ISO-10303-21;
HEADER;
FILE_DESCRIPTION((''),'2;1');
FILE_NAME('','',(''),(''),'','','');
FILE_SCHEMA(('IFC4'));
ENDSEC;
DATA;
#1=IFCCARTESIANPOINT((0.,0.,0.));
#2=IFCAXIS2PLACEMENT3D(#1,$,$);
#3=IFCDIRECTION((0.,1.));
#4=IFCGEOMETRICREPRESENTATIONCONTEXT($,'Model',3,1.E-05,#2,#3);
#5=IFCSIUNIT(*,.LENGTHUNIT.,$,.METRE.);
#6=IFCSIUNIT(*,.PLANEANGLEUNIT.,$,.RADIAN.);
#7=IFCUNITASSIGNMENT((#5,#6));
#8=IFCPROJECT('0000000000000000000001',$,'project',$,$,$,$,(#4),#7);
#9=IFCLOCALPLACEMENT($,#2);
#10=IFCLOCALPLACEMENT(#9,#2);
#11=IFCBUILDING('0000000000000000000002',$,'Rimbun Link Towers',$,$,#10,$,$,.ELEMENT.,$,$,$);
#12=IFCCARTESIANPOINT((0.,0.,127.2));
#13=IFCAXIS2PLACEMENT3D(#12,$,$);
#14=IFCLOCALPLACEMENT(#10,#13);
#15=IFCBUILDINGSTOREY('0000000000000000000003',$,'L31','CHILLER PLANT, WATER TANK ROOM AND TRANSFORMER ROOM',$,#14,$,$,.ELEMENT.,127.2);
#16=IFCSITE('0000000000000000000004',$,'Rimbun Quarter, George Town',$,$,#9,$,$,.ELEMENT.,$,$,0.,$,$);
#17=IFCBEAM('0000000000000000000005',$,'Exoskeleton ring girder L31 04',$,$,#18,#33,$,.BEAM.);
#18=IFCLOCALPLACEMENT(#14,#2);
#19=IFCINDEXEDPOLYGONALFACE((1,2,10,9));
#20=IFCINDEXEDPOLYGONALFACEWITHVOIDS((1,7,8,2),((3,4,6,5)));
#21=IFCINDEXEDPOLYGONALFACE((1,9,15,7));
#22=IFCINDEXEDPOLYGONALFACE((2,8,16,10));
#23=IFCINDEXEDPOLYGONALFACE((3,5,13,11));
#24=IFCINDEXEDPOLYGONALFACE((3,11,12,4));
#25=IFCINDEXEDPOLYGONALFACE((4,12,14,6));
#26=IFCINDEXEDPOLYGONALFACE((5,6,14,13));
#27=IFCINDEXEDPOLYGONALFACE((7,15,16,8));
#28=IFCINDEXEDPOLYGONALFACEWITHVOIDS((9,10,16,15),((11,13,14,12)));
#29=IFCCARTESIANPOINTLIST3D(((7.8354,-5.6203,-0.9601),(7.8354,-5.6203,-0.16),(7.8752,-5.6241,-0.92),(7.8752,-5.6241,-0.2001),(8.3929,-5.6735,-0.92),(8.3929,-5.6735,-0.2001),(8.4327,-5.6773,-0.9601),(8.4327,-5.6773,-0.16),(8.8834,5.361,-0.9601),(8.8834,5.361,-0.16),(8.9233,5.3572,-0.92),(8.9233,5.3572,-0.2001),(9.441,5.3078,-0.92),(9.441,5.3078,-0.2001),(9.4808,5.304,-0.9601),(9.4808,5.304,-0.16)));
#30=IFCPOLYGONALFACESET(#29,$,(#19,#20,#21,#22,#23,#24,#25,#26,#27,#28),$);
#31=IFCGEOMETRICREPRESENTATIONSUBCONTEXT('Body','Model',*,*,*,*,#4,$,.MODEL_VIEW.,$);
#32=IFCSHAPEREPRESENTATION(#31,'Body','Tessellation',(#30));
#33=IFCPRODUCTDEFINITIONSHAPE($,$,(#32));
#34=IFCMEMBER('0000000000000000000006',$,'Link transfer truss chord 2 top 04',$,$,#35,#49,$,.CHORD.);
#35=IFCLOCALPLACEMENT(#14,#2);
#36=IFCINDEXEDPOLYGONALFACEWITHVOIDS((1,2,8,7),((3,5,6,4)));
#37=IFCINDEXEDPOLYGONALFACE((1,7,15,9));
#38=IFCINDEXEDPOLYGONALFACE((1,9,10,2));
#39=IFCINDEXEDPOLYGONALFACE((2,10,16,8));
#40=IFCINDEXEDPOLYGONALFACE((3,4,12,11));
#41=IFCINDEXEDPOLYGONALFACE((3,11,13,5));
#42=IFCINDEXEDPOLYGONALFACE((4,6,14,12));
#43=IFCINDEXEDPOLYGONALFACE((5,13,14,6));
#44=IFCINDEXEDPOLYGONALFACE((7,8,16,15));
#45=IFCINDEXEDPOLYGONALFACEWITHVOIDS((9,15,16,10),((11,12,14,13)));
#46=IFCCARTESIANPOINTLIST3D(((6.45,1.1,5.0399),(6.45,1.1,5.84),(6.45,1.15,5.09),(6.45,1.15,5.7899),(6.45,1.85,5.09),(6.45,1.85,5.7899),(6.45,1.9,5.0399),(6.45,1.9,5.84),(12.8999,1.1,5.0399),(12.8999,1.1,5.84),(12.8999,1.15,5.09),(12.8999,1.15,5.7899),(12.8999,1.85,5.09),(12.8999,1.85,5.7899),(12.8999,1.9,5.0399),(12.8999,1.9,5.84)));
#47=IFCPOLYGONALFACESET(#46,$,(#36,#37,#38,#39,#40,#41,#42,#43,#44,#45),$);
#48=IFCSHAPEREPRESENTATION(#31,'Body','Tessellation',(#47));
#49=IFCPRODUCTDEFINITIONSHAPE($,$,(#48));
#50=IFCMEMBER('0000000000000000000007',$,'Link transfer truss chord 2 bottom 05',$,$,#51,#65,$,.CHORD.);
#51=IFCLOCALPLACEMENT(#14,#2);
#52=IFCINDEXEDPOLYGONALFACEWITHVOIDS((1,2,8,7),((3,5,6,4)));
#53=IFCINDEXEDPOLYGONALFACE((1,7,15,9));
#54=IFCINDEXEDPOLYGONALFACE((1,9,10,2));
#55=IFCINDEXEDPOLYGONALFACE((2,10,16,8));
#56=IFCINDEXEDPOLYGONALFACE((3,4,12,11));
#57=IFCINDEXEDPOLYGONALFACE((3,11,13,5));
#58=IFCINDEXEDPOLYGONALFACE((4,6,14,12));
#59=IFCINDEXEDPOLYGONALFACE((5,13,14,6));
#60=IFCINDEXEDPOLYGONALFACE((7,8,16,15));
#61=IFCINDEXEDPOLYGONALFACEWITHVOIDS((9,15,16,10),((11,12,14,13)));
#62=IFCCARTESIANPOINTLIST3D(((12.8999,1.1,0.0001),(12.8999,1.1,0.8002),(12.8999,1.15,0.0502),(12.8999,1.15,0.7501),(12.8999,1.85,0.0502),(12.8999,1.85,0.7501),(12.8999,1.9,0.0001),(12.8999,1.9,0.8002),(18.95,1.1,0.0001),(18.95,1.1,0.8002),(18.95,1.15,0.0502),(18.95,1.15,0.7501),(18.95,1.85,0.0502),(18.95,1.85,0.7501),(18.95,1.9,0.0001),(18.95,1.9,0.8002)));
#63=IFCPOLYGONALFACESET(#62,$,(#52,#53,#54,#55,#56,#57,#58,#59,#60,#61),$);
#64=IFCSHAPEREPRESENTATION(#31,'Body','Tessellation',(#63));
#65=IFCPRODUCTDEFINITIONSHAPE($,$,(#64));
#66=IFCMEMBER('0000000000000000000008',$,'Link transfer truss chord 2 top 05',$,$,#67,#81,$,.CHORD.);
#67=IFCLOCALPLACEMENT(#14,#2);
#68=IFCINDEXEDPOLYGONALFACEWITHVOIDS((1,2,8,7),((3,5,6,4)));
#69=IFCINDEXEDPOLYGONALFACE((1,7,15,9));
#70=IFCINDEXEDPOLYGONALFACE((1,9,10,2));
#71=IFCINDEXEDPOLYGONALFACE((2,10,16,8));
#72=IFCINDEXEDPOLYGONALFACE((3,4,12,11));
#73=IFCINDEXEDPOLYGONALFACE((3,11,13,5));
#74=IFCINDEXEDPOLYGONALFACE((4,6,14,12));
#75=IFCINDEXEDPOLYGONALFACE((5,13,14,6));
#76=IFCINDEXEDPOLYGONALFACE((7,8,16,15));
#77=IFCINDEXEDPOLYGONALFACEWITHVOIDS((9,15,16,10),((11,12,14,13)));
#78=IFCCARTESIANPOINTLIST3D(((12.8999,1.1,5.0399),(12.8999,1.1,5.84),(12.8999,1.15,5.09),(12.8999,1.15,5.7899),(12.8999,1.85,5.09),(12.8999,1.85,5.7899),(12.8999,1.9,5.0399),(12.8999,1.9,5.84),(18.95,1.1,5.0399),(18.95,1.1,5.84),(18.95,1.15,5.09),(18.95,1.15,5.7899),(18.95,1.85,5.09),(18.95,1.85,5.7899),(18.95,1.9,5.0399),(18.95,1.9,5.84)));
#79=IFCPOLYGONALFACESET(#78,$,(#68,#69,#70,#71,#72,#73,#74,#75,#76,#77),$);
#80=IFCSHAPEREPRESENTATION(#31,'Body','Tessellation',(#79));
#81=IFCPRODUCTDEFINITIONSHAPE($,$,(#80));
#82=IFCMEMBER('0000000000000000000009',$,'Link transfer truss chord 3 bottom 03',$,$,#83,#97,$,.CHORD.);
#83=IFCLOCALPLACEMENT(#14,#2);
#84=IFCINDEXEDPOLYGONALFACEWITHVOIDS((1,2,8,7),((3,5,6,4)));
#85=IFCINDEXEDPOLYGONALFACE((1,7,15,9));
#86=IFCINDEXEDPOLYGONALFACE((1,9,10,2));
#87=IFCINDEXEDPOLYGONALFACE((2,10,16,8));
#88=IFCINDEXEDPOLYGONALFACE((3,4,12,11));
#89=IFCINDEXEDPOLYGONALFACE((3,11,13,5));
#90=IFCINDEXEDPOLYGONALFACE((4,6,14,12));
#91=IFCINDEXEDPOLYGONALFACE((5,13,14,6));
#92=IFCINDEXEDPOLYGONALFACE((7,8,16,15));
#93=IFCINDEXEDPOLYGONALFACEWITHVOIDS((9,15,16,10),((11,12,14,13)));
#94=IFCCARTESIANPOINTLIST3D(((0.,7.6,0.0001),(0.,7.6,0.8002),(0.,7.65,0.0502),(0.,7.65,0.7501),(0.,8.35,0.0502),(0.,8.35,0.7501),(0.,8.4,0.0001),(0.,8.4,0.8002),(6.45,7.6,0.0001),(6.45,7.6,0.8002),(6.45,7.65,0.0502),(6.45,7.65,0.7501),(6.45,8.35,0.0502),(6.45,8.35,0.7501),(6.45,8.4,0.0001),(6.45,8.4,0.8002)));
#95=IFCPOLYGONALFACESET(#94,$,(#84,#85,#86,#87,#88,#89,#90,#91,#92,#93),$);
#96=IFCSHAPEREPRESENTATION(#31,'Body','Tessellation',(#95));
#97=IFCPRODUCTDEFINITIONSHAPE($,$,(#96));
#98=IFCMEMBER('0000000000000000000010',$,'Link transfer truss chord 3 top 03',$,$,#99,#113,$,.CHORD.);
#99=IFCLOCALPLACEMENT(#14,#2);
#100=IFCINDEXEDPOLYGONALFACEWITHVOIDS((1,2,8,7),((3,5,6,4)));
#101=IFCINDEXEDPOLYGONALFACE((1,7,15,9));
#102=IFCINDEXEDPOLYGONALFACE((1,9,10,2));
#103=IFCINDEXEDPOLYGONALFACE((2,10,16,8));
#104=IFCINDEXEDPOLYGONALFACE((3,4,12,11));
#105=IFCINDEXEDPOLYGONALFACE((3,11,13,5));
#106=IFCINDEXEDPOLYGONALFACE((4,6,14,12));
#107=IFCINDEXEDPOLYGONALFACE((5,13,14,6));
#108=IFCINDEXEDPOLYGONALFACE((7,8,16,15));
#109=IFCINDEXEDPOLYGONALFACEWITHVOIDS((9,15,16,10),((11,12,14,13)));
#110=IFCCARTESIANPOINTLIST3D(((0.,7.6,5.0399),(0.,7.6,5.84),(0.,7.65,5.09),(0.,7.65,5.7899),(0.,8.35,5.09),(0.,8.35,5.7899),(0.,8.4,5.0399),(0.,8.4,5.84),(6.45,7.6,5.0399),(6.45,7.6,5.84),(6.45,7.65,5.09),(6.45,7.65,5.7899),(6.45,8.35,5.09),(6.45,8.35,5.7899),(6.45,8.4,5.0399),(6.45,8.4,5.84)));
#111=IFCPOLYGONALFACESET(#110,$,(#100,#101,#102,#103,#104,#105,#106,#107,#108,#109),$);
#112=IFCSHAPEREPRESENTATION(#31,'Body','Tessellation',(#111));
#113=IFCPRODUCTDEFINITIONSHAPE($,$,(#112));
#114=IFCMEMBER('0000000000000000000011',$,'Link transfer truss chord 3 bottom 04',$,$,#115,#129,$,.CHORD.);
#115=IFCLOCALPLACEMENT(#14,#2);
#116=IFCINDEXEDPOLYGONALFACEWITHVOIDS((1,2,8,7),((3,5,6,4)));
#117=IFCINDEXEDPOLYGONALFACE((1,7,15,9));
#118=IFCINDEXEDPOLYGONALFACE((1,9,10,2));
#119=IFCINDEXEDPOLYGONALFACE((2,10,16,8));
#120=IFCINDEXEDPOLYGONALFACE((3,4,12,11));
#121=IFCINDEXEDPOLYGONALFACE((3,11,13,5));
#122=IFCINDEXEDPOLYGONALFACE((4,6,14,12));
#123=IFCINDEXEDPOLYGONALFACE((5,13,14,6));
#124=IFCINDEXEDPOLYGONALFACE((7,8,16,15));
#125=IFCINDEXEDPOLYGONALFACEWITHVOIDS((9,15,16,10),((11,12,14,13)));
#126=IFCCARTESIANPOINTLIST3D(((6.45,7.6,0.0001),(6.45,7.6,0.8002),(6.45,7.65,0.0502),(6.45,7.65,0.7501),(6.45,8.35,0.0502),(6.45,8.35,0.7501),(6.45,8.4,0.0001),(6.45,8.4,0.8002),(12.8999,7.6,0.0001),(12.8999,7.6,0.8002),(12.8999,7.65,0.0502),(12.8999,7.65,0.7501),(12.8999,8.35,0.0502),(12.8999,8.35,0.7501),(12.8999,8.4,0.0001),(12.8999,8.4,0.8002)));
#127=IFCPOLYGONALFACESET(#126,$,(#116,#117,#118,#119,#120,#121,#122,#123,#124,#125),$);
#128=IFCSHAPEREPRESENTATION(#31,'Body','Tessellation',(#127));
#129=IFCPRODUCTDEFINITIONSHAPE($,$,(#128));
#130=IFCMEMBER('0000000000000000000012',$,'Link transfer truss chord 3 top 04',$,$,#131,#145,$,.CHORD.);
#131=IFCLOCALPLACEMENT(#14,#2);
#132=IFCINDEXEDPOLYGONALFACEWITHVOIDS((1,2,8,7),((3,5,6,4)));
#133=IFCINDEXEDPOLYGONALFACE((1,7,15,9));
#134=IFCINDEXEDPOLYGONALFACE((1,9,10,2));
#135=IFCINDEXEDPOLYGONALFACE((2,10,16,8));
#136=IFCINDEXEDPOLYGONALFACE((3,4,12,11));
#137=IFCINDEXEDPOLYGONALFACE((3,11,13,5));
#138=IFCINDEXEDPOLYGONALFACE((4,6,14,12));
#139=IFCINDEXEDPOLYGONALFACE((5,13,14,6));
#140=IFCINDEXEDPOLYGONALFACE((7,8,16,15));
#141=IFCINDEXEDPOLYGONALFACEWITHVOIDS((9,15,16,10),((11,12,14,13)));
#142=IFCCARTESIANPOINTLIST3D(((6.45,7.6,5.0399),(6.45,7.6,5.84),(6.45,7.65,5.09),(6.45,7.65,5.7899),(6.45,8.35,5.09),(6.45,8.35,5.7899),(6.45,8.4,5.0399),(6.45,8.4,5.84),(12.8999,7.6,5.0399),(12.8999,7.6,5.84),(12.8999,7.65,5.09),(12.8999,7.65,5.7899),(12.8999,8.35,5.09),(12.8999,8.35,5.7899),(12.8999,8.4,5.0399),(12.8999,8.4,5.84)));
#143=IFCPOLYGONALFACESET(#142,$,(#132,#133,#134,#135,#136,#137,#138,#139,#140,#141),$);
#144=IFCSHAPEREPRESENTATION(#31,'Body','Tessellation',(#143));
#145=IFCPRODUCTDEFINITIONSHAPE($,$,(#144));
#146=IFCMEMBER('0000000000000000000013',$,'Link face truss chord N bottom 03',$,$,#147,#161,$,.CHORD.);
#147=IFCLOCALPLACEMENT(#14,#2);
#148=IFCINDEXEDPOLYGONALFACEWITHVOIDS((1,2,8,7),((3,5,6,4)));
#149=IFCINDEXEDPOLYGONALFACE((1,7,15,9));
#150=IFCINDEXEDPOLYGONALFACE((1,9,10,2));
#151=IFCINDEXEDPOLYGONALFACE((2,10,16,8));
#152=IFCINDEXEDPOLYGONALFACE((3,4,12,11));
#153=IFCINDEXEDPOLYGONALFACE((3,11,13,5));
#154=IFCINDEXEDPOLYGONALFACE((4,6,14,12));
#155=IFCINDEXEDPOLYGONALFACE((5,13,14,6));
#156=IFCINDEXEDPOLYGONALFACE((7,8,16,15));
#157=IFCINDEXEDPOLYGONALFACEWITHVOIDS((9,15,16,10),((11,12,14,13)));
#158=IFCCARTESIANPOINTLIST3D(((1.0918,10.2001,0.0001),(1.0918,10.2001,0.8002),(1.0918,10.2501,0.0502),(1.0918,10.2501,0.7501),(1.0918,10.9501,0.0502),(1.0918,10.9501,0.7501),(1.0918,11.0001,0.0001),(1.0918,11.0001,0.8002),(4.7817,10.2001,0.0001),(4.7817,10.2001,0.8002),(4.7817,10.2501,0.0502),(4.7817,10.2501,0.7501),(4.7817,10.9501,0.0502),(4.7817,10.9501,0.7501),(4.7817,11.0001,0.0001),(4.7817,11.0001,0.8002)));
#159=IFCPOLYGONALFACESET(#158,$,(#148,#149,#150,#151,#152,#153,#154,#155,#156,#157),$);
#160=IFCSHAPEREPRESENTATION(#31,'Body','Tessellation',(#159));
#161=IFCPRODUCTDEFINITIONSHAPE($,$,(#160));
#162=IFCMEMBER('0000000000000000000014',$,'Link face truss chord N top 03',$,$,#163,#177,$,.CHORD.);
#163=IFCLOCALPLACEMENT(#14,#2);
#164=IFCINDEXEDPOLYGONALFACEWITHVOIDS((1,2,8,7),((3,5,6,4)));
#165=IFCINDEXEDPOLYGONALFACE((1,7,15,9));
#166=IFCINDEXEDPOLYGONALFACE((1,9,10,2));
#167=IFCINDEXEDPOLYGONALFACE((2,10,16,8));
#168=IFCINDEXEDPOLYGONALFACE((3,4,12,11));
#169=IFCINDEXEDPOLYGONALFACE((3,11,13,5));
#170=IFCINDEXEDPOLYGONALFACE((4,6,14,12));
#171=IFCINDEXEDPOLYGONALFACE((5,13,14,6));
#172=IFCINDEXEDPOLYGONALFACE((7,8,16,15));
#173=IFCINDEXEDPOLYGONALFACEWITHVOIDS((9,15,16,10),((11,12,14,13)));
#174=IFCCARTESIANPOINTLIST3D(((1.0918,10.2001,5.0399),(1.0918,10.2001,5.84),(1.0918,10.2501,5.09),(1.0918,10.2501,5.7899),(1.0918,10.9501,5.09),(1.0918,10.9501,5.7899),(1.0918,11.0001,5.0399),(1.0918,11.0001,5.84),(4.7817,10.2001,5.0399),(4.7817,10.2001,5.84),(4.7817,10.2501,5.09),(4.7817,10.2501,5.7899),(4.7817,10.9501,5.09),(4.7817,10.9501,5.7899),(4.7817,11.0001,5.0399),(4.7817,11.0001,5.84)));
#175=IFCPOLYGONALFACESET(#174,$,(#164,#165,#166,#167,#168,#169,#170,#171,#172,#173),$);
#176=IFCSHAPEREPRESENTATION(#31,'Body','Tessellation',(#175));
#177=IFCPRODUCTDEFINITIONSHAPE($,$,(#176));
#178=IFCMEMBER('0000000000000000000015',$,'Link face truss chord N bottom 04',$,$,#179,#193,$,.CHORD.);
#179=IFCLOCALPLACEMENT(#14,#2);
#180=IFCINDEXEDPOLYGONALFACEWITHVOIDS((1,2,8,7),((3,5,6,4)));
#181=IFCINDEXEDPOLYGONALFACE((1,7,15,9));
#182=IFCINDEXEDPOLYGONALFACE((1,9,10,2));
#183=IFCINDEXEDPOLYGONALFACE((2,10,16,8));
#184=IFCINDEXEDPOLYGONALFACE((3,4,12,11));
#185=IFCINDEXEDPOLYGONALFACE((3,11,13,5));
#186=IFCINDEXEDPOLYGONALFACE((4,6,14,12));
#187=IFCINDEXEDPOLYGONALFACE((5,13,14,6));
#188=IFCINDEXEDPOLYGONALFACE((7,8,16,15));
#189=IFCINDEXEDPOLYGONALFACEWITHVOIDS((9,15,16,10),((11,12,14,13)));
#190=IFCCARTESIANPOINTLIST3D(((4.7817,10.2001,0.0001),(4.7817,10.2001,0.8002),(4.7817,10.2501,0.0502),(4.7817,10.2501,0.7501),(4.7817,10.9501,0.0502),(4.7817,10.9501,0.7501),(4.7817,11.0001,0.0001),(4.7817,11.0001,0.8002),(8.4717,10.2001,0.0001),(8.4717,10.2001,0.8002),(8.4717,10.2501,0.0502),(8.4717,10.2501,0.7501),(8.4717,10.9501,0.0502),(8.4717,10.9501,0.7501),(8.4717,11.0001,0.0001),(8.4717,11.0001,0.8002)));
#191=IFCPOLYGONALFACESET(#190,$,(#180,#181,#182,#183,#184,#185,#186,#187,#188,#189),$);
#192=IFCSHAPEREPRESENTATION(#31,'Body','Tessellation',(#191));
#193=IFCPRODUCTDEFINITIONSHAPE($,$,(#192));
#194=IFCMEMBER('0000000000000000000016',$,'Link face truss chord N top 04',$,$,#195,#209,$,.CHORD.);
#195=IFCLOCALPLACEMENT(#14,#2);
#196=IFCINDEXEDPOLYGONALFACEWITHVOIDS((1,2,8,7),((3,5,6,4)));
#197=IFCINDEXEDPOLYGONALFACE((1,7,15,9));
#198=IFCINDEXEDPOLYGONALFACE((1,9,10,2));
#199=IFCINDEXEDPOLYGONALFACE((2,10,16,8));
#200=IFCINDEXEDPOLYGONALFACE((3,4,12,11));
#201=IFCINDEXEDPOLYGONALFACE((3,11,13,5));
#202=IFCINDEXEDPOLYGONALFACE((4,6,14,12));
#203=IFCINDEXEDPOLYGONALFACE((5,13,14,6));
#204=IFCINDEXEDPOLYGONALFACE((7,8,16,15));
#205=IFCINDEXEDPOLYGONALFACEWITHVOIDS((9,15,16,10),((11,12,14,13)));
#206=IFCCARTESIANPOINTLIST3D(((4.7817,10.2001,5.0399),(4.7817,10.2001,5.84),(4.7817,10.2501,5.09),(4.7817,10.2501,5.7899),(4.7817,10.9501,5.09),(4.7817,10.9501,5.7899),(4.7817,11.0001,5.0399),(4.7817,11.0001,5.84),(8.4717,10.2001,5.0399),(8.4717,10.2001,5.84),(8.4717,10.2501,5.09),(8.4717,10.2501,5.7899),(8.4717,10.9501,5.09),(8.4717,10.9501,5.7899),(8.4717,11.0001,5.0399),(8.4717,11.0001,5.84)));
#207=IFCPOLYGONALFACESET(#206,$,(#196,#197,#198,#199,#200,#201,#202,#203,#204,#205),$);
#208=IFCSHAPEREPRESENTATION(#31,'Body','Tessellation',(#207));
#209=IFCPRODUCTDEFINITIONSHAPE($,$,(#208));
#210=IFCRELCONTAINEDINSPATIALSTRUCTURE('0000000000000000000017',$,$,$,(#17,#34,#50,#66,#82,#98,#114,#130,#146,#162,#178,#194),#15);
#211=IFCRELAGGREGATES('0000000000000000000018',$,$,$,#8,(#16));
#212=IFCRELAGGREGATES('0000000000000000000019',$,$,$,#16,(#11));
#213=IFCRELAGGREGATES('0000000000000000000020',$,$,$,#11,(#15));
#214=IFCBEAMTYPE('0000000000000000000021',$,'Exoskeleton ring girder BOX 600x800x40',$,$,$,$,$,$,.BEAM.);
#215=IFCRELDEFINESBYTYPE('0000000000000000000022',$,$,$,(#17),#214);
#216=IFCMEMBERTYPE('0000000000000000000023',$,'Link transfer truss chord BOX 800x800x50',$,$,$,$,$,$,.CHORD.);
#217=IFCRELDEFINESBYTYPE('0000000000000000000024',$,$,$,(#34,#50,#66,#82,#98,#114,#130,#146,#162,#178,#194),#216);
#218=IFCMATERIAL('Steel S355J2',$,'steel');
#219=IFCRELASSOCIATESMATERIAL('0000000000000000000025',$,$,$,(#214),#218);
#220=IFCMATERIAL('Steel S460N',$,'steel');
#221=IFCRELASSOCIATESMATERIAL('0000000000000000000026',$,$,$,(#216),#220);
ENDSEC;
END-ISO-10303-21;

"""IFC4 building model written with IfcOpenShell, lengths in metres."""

from ifc_helpers import new_model, si_unit, direction, frame, origin, origin_2d, place, context, subcontext, project, spatial, hollow_rectangle, extrude, material, material_profile, profile_set, type_object, element, save


model = new_model("IFC4")

# Units and contexts
model_context = context("Model", 3, precision=1e-05, world=origin(), true_north=direction((0.0, 1.0)))
body_context = subcontext(model_context, "Body", "Model", "MODEL_VIEW")
ifc_project = project(units=[si_unit("LENGTHUNIT", "METRE"), si_unit("PLANEANGLEUNIT", "RADIAN")], contexts=[model_context])

# Site, building, storey
site_placement = place(None, origin())
site = spatial("IfcSite", under=ifc_project, at=site_placement, Name="Rimbun Quarter, George Town", CompositionType="ELEMENT", RefElevation=0.0)
building_placement = place(site_placement, origin())
building = spatial("IfcBuilding", under=site, at=building_placement, Name="Rimbun Link Towers", CompositionType="ELEMENT")
storey_placement = place(building_placement, frame((0.0, 0.0, 127.2)))
storey = spatial("IfcBuildingStorey", under=building, at=storey_placement, Name="L31", Description="CHILLER PLANT, WATER TANK ROOM AND TRANSFORMER ROOM", CompositionType="ELEMENT", Elevation=127.2)

# Beam
ifc_material_1 = material(Name="Steel S355J2", Category="steel")
ifc_material_profile_1 = material_profile(ifc_material_1, hollow_rectangle(XDim=0.6001, YDim=0.8, WallThickness=0.04, at=origin_2d()), Name="Exoskeleton ring girder BOX 600x800x40")
ifc_profile_set_1 = profile_set([ifc_material_profile_1], Name="Steel S355J2")
beam_type_1 = type_object("IfcBeamType", Name="Exoskeleton ring girder BOX 600x800x40", PredefinedType="BEAM", material=ifc_profile_set_1)
beam_1_placement = place(storey_placement, frame((9.1821, 5.3325, -0.5601), z_axis=(-0.095011, -0.995476, 0.0), x_axis=(0.995476, -0.095011, 0.0)))
element("IfcBeam", 1, at=beam_1_placement, inside=storey, type_object=beam_type_1, Name="Exoskeleton ring girder L31 04", PredefinedType="BEAM", context=body_context, shape_type="SweptSolid", body=[
    extrude(hollow_rectangle(XDim=0.6001, YDim=0.8, WallThickness=0.04, at=origin_2d()), origin(), (0.0, 0.0, 1.0), 11.0312),
])

# Members
ifc_material_2 = material(Name="Steel S460N", Category="steel")
ifc_material_profile_2 = material_profile(ifc_material_2, hollow_rectangle(XDim=0.8, YDim=0.8, WallThickness=0.05, at=origin_2d()), Name="Link transfer truss chord BOX 800x800x50")
ifc_profile_set_2 = profile_set([ifc_material_profile_2], Name="Steel S460N")
member_type_1 = type_object("IfcMemberType", Name="Link transfer truss chord BOX 800x800x50", PredefinedType="CHORD", material=ifc_profile_set_2)
member_1_placement = place(storey_placement, frame((6.45, 1.5, 5.4399), z_axis=(1.0, 0.0, 0.0), x_axis=(0.0, 1.0, 0.0)))
element("IfcMember", 2, at=member_1_placement, inside=storey, type_object=member_type_1, Name="Link transfer truss chord 2 top 04", PredefinedType="CHORD", context=body_context, shape_type="SweptSolid", body=[
    extrude(hollow_rectangle(XDim=0.8, YDim=0.8, WallThickness=0.05, at=origin_2d()), origin(), (0.0, 0.0, 1.0), 6.45),
])
for number, where, z_axis, x_axis, name in (
    (3, (12.8999, 1.5, 0.4001), (1.0, 0.0, 0.0), (0.0, 1.0, 0.0), "Link transfer truss chord 2 bottom 05"),
    (4, (12.8999, 1.5, 5.4399), (1.0, 0.0, 0.0), (0.0, 1.0, 0.0), "Link transfer truss chord 2 top 05"),
):
    element("IfcMember", number, at=place(storey_placement, frame(where, z_axis=z_axis, x_axis=x_axis)), inside=storey, type_object=member_type_1, Name=name, PredefinedType="CHORD", context=body_context, shape_type="SweptSolid", body=[
        extrude(hollow_rectangle(XDim=0.8, YDim=0.8, WallThickness=0.05, at=origin_2d()), origin(), (0.0, 0.0, 1.0), 6.05),
    ])
for number, where, z_axis, x_axis, name in (
    (5, (0.0, 8.0, 0.4001), (1.0, 0.0, 0.0), (0.0, 1.0, 0.0), "Link transfer truss chord 3 bottom 03"),
    (6, (0.0, 8.0, 5.4399), (1.0, 0.0, 0.0), (0.0, 1.0, 0.0), "Link transfer truss chord 3 top 03"),
    (7, (6.45, 8.0, 0.4001), (1.0, 0.0, 0.0), (0.0, 1.0, 0.0), "Link transfer truss chord 3 bottom 04"),
    (8, (6.45, 8.0, 5.4399), (1.0, 0.0, 0.0), (0.0, 1.0, 0.0), "Link transfer truss chord 3 top 04"),
):
    element("IfcMember", number, at=place(storey_placement, frame(where, z_axis=z_axis, x_axis=x_axis)), inside=storey, type_object=member_type_1, Name=name, PredefinedType="CHORD", context=body_context, shape_type="SweptSolid", body=[
        extrude(hollow_rectangle(XDim=0.8, YDim=0.8, WallThickness=0.05, at=origin_2d()), origin(), (0.0, 0.0, 1.0), 6.45),
    ])
for number, where, z_axis, x_axis, name in (
    (9, (1.0918, 10.6001, 0.4001), (1.0, 0.0, 0.0), (0.0, 1.0, 0.0), "Link face truss chord N bottom 03"),
    (10, (1.0918, 10.6001, 5.4399), (1.0, 0.0, 0.0), (0.0, 1.0, 0.0), "Link face truss chord N top 03"),
    (11, (4.7817, 10.6001, 0.4001), (1.0, 0.0, 0.0), (0.0, 1.0, 0.0), "Link face truss chord N bottom 04"),
    (12, (4.7817, 10.6001, 5.4399), (1.0, 0.0, 0.0), (0.0, 1.0, 0.0), "Link face truss chord N top 04"),
):
    element("IfcMember", number, at=place(storey_placement, frame(where, z_axis=z_axis, x_axis=x_axis)), inside=storey, type_object=member_type_1, Name=name, PredefinedType="CHORD", context=body_context, shape_type="SweptSolid", body=[
        extrude(hollow_rectangle(XDim=0.8, YDim=0.8, WallThickness=0.05, at=origin_2d()), origin(), (0.0, 0.0, 1.0), 3.6899),
    ])

save(model, "model.ifc")
